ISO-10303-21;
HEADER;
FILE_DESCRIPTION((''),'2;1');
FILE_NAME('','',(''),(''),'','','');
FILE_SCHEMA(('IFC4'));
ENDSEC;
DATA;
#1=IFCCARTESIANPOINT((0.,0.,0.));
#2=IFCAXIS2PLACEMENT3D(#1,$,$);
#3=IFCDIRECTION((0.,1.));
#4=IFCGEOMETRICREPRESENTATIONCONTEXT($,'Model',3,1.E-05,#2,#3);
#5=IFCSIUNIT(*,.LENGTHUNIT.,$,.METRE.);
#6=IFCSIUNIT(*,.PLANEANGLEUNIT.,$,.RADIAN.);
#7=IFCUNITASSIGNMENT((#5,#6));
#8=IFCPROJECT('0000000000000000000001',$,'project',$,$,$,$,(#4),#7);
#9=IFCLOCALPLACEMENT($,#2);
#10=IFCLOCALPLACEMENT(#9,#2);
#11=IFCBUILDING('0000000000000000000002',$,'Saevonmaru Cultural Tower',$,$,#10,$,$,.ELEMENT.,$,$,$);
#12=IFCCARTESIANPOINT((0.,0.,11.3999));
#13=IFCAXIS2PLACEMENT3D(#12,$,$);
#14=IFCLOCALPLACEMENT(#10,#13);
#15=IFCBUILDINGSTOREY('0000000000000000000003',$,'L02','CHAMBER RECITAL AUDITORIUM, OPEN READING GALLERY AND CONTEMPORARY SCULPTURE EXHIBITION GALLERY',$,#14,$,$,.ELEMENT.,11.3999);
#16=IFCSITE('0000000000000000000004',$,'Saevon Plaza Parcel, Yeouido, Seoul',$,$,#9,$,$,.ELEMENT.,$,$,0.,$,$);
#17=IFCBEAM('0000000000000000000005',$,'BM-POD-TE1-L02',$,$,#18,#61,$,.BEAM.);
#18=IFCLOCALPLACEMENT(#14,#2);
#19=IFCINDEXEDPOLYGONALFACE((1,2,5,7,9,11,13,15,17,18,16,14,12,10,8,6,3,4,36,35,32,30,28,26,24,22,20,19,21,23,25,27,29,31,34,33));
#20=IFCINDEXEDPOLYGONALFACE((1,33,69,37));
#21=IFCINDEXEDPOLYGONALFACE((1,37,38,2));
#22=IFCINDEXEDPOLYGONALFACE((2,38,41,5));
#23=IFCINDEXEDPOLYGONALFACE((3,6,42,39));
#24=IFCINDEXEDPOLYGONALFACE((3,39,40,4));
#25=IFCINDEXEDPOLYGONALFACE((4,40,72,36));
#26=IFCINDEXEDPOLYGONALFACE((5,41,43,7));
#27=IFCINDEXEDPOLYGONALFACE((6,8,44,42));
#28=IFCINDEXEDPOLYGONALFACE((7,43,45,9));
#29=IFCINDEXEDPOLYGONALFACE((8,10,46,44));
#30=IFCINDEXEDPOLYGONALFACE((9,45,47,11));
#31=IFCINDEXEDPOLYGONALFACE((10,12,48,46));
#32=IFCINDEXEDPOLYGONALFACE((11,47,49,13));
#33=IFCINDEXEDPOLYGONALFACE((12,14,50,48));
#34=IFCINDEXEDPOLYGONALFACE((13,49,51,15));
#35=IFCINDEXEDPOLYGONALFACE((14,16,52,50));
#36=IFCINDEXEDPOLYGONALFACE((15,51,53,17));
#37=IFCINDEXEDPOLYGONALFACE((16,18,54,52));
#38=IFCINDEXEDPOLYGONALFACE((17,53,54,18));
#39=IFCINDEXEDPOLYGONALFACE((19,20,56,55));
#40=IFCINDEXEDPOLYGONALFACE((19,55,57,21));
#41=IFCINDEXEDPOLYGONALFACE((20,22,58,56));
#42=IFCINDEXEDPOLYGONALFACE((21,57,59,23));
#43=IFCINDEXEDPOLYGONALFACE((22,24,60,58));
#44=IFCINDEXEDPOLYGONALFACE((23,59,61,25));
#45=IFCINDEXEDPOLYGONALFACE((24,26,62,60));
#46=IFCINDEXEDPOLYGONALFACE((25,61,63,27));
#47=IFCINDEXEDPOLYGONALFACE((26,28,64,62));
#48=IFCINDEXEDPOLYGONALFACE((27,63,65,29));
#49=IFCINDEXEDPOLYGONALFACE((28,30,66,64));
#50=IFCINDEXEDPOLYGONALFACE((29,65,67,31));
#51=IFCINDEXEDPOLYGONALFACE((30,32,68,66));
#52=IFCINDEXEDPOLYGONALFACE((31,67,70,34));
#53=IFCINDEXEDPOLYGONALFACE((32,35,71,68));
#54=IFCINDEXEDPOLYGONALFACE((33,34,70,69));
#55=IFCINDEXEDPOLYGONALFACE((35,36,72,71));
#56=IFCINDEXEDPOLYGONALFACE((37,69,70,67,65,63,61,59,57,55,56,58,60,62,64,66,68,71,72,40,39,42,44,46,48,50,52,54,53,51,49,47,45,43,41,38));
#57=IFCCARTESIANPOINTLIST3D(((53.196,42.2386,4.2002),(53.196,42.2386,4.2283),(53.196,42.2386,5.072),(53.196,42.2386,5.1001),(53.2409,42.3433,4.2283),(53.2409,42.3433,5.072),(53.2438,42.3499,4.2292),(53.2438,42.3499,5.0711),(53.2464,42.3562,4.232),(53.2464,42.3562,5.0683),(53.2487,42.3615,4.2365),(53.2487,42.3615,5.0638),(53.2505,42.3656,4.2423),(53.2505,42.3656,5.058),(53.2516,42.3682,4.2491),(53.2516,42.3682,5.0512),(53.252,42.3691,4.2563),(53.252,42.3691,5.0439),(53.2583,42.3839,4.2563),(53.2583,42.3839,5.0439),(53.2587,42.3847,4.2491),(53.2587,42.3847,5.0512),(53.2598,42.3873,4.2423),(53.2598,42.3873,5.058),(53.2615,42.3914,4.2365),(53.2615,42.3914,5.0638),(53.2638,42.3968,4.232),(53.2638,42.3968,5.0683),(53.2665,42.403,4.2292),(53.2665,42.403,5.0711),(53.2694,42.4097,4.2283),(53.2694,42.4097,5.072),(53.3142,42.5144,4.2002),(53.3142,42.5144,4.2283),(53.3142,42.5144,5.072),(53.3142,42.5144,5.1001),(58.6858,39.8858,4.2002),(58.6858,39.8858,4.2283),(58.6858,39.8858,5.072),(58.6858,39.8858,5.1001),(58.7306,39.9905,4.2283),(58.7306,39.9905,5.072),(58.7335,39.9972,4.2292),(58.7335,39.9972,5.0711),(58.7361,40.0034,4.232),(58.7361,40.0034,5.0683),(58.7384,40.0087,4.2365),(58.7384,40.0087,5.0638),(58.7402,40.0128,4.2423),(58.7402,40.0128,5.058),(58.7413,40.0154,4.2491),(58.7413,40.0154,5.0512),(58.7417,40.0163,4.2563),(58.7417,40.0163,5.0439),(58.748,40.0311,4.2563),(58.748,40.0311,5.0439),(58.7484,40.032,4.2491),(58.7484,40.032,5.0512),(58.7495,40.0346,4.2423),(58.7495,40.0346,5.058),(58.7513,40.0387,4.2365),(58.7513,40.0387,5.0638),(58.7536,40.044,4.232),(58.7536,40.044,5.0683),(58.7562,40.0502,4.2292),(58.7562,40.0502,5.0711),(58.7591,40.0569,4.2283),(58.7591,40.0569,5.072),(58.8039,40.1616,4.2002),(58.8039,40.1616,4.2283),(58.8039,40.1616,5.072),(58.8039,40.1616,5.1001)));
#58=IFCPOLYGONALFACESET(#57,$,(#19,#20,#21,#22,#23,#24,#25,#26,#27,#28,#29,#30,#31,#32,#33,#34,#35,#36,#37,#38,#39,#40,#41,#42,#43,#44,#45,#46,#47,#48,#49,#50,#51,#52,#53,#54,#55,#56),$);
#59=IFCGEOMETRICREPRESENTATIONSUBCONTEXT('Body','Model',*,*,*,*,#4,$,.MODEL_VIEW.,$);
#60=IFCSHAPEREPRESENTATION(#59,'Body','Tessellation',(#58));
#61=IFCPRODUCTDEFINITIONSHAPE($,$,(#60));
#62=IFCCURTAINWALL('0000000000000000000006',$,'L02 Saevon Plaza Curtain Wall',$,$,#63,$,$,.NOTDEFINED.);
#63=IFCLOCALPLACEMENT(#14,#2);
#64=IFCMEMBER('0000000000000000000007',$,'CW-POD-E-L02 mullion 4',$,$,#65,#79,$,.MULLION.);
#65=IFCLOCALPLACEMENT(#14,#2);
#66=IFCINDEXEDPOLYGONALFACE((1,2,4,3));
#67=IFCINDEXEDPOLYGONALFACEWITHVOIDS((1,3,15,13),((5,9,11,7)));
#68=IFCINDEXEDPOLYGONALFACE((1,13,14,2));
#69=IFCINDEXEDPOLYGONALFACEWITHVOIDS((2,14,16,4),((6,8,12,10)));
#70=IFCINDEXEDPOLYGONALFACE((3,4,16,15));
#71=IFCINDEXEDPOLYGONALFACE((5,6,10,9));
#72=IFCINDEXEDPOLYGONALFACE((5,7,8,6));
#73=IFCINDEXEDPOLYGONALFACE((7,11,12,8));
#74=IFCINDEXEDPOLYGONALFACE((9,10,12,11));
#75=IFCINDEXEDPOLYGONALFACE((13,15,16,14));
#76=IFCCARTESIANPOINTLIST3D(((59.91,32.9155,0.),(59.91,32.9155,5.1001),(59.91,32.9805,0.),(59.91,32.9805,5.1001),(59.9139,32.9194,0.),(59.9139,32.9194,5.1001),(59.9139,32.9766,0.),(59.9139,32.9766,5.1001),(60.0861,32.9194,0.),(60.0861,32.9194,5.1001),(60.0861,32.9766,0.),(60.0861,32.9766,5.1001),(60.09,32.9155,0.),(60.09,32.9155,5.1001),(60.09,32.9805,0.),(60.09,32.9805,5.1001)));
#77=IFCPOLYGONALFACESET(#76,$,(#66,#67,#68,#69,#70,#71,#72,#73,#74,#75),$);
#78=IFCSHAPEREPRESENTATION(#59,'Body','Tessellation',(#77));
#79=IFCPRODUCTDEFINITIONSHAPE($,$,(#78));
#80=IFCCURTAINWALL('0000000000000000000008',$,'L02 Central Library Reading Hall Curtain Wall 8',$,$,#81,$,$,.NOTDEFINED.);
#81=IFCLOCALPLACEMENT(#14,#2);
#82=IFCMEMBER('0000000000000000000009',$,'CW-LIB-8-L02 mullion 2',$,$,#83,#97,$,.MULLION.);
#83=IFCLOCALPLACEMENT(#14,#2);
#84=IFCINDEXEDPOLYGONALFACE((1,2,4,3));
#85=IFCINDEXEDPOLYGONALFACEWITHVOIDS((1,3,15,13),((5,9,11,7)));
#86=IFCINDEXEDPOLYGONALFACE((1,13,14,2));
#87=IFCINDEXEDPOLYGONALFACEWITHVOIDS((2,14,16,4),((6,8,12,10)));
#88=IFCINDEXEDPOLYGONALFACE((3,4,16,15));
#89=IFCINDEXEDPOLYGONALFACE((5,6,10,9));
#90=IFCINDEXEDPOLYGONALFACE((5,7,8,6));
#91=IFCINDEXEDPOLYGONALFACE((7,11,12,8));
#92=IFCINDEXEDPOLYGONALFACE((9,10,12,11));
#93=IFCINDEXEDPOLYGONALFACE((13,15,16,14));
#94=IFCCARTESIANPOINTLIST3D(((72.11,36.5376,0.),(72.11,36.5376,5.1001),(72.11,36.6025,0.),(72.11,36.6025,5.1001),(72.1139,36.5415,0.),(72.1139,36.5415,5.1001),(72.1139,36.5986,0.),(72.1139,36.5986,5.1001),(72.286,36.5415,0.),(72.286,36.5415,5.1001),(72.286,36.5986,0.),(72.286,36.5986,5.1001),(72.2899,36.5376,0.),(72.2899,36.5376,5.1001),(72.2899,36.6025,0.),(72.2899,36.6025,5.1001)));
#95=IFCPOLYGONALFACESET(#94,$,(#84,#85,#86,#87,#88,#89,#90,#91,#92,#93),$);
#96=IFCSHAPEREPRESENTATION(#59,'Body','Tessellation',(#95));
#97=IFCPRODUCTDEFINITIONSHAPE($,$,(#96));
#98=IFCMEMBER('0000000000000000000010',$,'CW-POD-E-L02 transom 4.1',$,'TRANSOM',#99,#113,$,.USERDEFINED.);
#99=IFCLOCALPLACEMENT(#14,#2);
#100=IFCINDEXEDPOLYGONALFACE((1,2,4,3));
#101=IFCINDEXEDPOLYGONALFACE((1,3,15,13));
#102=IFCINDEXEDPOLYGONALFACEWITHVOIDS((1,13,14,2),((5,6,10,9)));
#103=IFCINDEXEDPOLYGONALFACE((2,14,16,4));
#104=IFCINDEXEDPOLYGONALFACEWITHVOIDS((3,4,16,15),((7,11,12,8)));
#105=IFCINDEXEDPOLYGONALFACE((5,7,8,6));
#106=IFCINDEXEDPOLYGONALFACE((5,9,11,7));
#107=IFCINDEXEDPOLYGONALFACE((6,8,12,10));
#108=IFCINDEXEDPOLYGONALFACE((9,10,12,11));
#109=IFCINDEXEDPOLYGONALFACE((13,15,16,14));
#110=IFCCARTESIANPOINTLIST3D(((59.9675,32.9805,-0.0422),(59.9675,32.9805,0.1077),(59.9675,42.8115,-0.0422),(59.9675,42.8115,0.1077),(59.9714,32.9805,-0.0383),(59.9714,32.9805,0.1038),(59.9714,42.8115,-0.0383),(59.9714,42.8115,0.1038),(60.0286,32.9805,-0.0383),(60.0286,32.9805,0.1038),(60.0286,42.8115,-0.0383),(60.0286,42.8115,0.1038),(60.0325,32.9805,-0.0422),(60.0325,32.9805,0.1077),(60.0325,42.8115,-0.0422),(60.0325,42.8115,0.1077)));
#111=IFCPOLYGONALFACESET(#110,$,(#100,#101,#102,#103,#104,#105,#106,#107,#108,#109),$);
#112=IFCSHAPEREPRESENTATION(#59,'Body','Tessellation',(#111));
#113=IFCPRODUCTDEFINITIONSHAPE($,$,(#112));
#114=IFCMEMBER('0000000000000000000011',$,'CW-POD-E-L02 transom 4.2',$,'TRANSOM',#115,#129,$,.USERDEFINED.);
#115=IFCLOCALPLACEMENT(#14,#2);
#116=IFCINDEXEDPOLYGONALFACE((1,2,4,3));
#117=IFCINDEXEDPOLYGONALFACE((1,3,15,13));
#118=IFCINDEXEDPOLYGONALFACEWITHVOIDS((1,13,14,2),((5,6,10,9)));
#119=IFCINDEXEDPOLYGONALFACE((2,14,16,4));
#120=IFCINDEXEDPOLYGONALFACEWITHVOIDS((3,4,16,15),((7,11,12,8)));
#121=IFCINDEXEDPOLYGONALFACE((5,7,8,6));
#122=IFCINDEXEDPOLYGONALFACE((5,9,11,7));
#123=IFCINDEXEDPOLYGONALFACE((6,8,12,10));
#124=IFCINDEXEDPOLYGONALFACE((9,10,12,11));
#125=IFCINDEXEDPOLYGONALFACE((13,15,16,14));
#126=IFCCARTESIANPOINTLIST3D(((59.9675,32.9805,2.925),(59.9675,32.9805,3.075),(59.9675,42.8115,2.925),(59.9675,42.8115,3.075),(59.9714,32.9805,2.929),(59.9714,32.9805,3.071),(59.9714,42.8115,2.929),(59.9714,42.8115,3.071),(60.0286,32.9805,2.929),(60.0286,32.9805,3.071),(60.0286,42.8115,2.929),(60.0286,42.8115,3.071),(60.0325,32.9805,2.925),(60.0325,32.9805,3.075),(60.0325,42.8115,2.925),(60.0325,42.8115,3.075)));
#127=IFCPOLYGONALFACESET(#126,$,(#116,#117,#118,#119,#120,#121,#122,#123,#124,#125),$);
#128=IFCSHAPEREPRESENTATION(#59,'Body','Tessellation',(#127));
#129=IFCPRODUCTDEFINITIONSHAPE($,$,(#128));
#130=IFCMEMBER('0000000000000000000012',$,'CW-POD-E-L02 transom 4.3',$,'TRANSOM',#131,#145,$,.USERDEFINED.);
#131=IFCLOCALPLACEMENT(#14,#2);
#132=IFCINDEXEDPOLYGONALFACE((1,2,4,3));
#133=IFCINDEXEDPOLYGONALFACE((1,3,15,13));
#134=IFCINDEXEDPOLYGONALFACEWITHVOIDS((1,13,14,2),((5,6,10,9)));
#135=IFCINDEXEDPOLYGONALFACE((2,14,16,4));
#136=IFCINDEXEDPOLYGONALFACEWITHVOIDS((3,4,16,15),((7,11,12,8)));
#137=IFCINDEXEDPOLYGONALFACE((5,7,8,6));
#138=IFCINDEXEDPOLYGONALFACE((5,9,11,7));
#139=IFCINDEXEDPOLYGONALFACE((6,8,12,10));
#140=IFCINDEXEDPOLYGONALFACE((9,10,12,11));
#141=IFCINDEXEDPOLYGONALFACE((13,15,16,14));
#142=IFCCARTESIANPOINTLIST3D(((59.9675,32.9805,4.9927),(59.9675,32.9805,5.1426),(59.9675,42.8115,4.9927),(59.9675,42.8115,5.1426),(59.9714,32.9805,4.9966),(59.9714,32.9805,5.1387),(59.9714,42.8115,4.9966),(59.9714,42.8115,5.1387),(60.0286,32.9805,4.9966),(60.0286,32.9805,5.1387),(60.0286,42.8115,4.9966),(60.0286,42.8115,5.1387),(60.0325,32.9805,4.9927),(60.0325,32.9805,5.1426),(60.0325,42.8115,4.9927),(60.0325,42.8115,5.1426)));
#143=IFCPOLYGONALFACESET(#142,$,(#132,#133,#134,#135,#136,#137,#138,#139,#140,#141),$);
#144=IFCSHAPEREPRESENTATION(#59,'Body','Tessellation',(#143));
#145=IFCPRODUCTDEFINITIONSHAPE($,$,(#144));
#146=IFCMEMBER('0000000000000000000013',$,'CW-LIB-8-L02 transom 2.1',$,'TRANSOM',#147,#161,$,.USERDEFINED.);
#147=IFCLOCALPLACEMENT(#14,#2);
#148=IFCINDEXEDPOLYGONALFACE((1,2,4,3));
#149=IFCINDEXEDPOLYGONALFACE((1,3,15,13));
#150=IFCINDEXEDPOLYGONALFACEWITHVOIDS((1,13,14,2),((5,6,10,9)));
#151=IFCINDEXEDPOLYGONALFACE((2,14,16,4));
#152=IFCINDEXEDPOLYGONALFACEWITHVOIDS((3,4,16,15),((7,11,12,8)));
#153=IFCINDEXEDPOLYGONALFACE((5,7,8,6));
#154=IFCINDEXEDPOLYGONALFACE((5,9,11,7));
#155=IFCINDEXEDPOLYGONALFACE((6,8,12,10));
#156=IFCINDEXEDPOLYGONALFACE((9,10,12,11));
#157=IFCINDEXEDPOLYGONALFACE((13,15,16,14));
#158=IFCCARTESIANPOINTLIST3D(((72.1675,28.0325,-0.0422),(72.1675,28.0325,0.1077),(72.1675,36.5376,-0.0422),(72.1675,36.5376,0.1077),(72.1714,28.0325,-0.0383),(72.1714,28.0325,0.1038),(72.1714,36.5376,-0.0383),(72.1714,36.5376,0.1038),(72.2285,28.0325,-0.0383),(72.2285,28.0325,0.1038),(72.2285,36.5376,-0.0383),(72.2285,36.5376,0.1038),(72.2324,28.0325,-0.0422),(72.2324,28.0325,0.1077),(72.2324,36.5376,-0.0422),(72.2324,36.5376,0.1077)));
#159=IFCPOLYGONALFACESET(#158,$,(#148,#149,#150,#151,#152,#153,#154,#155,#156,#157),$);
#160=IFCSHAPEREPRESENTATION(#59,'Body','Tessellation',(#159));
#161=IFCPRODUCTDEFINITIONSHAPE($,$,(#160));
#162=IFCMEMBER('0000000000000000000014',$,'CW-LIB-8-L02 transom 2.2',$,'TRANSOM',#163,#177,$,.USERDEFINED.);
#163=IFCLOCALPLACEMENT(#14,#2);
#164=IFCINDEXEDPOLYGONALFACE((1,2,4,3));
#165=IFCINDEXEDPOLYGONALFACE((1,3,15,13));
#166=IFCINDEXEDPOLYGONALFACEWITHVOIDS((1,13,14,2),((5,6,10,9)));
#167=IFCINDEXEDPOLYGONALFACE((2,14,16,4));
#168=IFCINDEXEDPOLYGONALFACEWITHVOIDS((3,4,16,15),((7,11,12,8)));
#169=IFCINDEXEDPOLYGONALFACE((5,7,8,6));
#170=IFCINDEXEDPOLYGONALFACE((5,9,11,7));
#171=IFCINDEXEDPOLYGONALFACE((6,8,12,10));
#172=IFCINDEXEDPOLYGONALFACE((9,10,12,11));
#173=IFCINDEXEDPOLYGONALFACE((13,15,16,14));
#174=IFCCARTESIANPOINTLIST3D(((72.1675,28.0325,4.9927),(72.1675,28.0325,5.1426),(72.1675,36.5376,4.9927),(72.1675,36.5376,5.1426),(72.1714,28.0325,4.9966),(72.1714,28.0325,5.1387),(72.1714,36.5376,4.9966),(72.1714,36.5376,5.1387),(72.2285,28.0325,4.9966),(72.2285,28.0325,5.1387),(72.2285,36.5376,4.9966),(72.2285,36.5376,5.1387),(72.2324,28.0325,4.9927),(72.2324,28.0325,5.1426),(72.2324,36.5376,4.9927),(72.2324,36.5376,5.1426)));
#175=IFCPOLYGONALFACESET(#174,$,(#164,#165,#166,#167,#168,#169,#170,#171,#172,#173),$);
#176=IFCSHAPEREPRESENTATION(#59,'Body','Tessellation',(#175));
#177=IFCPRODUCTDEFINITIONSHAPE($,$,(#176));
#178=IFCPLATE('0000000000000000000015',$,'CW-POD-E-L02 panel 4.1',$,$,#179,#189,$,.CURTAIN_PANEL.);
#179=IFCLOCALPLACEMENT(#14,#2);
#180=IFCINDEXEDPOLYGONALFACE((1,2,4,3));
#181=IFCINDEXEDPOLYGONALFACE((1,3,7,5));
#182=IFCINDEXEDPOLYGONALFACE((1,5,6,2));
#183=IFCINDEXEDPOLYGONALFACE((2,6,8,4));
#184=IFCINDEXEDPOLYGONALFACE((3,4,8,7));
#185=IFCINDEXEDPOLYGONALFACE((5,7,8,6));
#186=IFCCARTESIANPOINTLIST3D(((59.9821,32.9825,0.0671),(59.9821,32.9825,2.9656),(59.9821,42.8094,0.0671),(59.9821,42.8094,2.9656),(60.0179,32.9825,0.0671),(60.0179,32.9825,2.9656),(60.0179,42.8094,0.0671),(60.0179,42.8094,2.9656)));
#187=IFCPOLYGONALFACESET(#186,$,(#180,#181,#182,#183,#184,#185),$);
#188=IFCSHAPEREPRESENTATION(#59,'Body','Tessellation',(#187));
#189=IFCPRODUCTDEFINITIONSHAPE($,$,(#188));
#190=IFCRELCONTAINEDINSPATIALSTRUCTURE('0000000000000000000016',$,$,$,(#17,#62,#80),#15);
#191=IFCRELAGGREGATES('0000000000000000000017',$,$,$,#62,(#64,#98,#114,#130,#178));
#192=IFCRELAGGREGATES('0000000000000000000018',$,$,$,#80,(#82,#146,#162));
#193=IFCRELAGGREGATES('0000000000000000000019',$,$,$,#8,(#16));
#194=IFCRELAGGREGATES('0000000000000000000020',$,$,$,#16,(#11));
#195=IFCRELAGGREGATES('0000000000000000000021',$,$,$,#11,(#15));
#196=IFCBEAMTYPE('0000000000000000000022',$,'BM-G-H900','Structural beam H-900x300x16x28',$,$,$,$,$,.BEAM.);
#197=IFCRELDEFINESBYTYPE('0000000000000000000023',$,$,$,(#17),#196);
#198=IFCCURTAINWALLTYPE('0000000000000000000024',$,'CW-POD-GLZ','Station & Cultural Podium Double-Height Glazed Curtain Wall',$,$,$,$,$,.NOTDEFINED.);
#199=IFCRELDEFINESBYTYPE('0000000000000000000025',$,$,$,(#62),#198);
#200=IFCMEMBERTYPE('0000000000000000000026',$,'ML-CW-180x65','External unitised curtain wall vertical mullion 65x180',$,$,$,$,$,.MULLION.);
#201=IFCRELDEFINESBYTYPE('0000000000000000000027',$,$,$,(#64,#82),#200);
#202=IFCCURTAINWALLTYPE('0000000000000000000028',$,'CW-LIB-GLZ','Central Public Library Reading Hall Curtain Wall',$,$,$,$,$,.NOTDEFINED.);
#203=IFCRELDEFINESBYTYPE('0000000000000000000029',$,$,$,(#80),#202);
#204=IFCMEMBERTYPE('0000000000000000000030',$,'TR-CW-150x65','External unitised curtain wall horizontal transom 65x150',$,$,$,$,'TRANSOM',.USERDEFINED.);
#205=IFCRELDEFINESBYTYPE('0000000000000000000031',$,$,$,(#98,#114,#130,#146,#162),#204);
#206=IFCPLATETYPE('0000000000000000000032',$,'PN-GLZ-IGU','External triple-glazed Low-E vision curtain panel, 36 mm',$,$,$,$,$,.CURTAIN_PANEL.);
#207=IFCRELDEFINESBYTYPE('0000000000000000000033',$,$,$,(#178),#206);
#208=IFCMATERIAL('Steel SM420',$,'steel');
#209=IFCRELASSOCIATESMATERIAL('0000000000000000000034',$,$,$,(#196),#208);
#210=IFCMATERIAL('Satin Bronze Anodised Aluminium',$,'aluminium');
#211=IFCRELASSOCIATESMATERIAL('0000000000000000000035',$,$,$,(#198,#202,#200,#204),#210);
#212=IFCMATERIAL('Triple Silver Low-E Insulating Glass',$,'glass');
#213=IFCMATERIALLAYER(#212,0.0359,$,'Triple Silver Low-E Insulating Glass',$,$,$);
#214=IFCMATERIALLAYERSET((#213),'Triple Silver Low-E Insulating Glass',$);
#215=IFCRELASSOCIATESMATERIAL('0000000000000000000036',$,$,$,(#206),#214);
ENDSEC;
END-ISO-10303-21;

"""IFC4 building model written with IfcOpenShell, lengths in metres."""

from ifc_helpers import new_model, si_unit, direction, frame, origin, origin_2d, place, context, subcontext, project, spatial, rectangle, hollow_rectangle, i_section, extrude, material, layer, layer_set, material_profile, profile_set, type_object, element, aggregate, save


model = new_model("IFC4")

# Units and contexts
model_context = context("Model", 3, precision=1e-05, world=origin(), true_north=direction((0.0, 1.0)))
body_context = subcontext(model_context, "Body", "Model", "MODEL_VIEW")
ifc_project = project(units=[si_unit("LENGTHUNIT", "METRE"), si_unit("PLANEANGLEUNIT", "RADIAN")], contexts=[model_context])

# Site, building, storey
site_placement = place(None, origin())
site = spatial("IfcSite", under=ifc_project, at=site_placement, Name="Saevon Plaza Parcel, Yeouido, Seoul", CompositionType="ELEMENT", RefElevation=0.0)
building_placement = place(site_placement, origin())
building = spatial("IfcBuilding", under=site, at=building_placement, Name="Saevonmaru Cultural Tower", CompositionType="ELEMENT")
storey_placement = place(building_placement, frame((0.0, 0.0, 11.3999)))
storey = spatial("IfcBuildingStorey", under=building, at=storey_placement, Name="L02", Description="CHAMBER RECITAL AUDITORIUM, OPEN READING GALLERY AND CONTEMPORARY SCULPTURE EXHIBITION GALLERY", CompositionType="ELEMENT", Elevation=11.3999)

# Shared definitions
ifc_material_1 = material(Name="Steel SM420", Category="steel")

# Beam
ifc_material_profile_1 = material_profile(ifc_material_1, i_section(OverallWidth=0.3, OverallDepth=0.8999, WebThickness=0.0161, FlangeThickness=0.0281, FilletRadius=0.0281, at=origin_2d()), Name="H-900x300x16x28")
ifc_profile_set_1 = profile_set([ifc_material_profile_1], Name="Steel SM420")
beam_type = type_object("IfcBeamType", Name="BM-G-H900", Description="Structural beam H-900x300x16x28", PredefinedType="BEAM", material=ifc_profile_set_1)
beam_placement = place(storey_placement, frame((53.2551, 42.3765, 4.6501), z_axis=(0.919143, -0.393924, 0.0), x_axis=(0.393924, 0.919143, 0.0)))
element("IfcBeam", 1, at=beam_placement, inside=storey, type_object=beam_type, Name="BM-POD-TE1-L02", PredefinedType="BEAM", context=body_context, shape_type="SweptSolid", body=[
    extrude(i_section(OverallWidth=0.3, OverallDepth=0.8999, WebThickness=0.0161, FlangeThickness=0.0281, FilletRadius=0.0281, at=origin_2d()), origin(), (0.0, 0.0, 1.0), 5.9727),
])

# Curtain walls, members
ifc_material_2 = material(Name="Satin Bronze Anodised Aluminium", Category="aluminium")
curtain_wall_type_1 = type_object("IfcCurtainWallType", Name="CW-POD-GLZ", Description="Station & Cultural Podium Double-Height Glazed Curtain Wall", PredefinedType="NOTDEFINED", material=ifc_material_2)
curtain_wall_1_placement = place(storey_placement, origin())
curtain_wall_1 = element("IfcCurtainWall", 2, at=curtain_wall_1_placement, inside=storey, type_object=curtain_wall_type_1, Name="L02 Saevon Plaza Curtain Wall", PredefinedType="NOTDEFINED")
ifc_material_profile_2 = material_profile(ifc_material_2, hollow_rectangle(XDim=0.0649, YDim=0.1799, WallThickness=0.0039, at=origin_2d()), Name="ALU-MULL-180x65x4")
ifc_profile_set_2 = profile_set([ifc_material_profile_2], Name="Satin Bronze Anodised Aluminium")
member_type_1 = type_object("IfcMemberType", Name="ML-CW-180x65", Description="External unitised curtain wall vertical mullion 65x180", PredefinedType="MULLION", material=ifc_profile_set_2)
member_1_placement = place(storey_placement, frame((60.0, 32.948, 0.0), z_axis=(0.0, 0.0, 1.0), x_axis=(0.0, 1.0, 0.0)))
member_1 = element("IfcMember", 3, at=member_1_placement, type_object=member_type_1, Name="CW-POD-E-L02 mullion 4", PredefinedType="MULLION", context=body_context, shape_type="SweptSolid", body=[
    extrude(hollow_rectangle(XDim=0.0649, YDim=0.1799, WallThickness=0.0039, at=origin_2d()), origin(), (0.0, 0.0, 1.0), 5.1001),
])
curtain_wall_type_2 = type_object("IfcCurtainWallType", Name="CW-LIB-GLZ", Description="Central Public Library Reading Hall Curtain Wall", PredefinedType="NOTDEFINED", material=ifc_material_2)
curtain_wall_2_placement = place(storey_placement, origin())
curtain_wall_2 = element("IfcCurtainWall", 4, at=curtain_wall_2_placement, inside=storey, type_object=curtain_wall_type_2, Name="L02 Central Library Reading Hall Curtain Wall 8", PredefinedType="NOTDEFINED")
member_2_placement = place(storey_placement, frame((72.2, 36.5701, 0.0), z_axis=(0.0, 0.0, 1.0), x_axis=(0.0, -1.0, 0.0)))
member_2 = element("IfcMember", 5, at=member_2_placement, type_object=member_type_1, Name="CW-LIB-8-L02 mullion 2", PredefinedType="MULLION", context=body_context, shape_type="SweptSolid", body=[
    extrude(hollow_rectangle(XDim=0.0649, YDim=0.1799, WallThickness=0.0039, at=origin_2d()), origin(), (0.0, 0.0, 1.0), 5.1001),
])

# Members
ifc_material_profile_3 = material_profile(ifc_material_2, hollow_rectangle(XDim=0.0649, YDim=0.1499, WallThickness=0.0039, at=origin_2d()), Name="ALU-TRAN-150x65x4")
ifc_profile_set_3 = profile_set([ifc_material_profile_3], Name="Satin Bronze Anodised Aluminium")
member_type_2 = type_object("IfcMemberType", Name="TR-CW-150x65", Description="External unitised curtain wall horizontal transom 65x150", ElementType="TRANSOM", PredefinedType="USERDEFINED", material=ifc_profile_set_3)
member_3_placement = place(storey_placement, frame((60.0, 32.9805, 0.0327), z_axis=(0.0, 1.0, 0.0), x_axis=(-1.0, 0.0, 0.0)))
member_3 = element("IfcMember", 6, at=member_3_placement, type_object=member_type_2, Name="CW-POD-E-L02 transom 4.1", ObjectType="TRANSOM", PredefinedType="USERDEFINED", context=body_context, shape_type="SweptSolid", body=[
    extrude(hollow_rectangle(XDim=0.0649, YDim=0.1499, WallThickness=0.0039, at=origin_2d()), origin(), (0.0, 0.0, 1.0), 9.8311),
])
member_4_placement = place(storey_placement, frame((60.0, 32.9805, 3.0), z_axis=(0.0, 1.0, 0.0), x_axis=(-1.0, 0.0, 0.0)))
member_4 = element("IfcMember", 7, at=member_4_placement, type_object=member_type_2, Name="CW-POD-E-L02 transom 4.2", ObjectType="TRANSOM", PredefinedType="USERDEFINED", context=body_context, shape_type="SweptSolid", body=[
    extrude(hollow_rectangle(XDim=0.0649, YDim=0.1499, WallThickness=0.0039, at=origin_2d()), origin(), (0.0, 0.0, 1.0), 9.8311),
])
member_5_placement = place(storey_placement, frame((60.0, 32.9805, 5.0676), z_axis=(0.0, 1.0, 0.0), x_axis=(-1.0, 0.0, 0.0)))
member_5 = element("IfcMember", 8, at=member_5_placement, type_object=member_type_2, Name="CW-POD-E-L02 transom 4.3", ObjectType="TRANSOM", PredefinedType="USERDEFINED", context=body_context, shape_type="SweptSolid", body=[
    extrude(hollow_rectangle(XDim=0.0649, YDim=0.1499, WallThickness=0.0039, at=origin_2d()), origin(), (0.0, 0.0, 1.0), 9.8311),
])
member_6_placement = place(storey_placement, frame((72.2, 36.5376, 0.0327), z_axis=(0.0, -1.0, 0.0), x_axis=(1.0, 0.0, 0.0)))
member_6 = element("IfcMember", 9, at=member_6_placement, type_object=member_type_2, Name="CW-LIB-8-L02 transom 2.1", ObjectType="TRANSOM", PredefinedType="USERDEFINED", context=body_context, shape_type="SweptSolid", body=[
    extrude(hollow_rectangle(XDim=0.0649, YDim=0.1499, WallThickness=0.0039, at=origin_2d()), origin(), (0.0, 0.0, 1.0), 8.5051),
])
member_7_placement = place(storey_placement, frame((72.2, 36.5376, 5.0676), z_axis=(0.0, -1.0, 0.0), x_axis=(1.0, 0.0, 0.0)))
member_7 = element("IfcMember", 10, at=member_7_placement, type_object=member_type_2, Name="CW-LIB-8-L02 transom 2.2", ObjectType="TRANSOM", PredefinedType="USERDEFINED", context=body_context, shape_type="SweptSolid", body=[
    extrude(hollow_rectangle(XDim=0.0649, YDim=0.1499, WallThickness=0.0039, at=origin_2d()), origin(), (0.0, 0.0, 1.0), 8.5051),
])

# Plate
ifc_material_3 = material(Name="Triple Silver Low-E Insulating Glass", Category="glass")
ifc_layer = layer(ifc_material_3, 0.0359, Name="Triple Silver Low-E Insulating Glass")
ifc_layer_set = layer_set([ifc_layer], Name="Triple Silver Low-E Insulating Glass")
plate_type = type_object("IfcPlateType", Name="PN-GLZ-IGU", Description="External triple-glazed Low-E vision curtain panel, 36 mm", PredefinedType="CURTAIN_PANEL", material=ifc_layer_set)
plate_1_placement = place(storey_placement, frame((60.0, 37.896, 0.0671), z_axis=(0.0, 0.0, 1.0), x_axis=(0.0, 1.0, 0.0)))
plate_1 = element("IfcPlate", 11, at=plate_1_placement, type_object=plate_type, Name="CW-POD-E-L02 panel 4.1", PredefinedType="CURTAIN_PANEL", context=body_context, shape_type="SweptSolid", body=[
    extrude(rectangle(XDim=9.8269, YDim=0.0359, at=origin_2d()), origin(), (0.0, 0.0, 1.0), 2.8984),
])
aggregate(curtain_wall_1, [member_1, member_3, member_4, member_5, plate_1])
aggregate(curtain_wall_2, [member_2, member_6, member_7])

save(model, "model.ifc")
